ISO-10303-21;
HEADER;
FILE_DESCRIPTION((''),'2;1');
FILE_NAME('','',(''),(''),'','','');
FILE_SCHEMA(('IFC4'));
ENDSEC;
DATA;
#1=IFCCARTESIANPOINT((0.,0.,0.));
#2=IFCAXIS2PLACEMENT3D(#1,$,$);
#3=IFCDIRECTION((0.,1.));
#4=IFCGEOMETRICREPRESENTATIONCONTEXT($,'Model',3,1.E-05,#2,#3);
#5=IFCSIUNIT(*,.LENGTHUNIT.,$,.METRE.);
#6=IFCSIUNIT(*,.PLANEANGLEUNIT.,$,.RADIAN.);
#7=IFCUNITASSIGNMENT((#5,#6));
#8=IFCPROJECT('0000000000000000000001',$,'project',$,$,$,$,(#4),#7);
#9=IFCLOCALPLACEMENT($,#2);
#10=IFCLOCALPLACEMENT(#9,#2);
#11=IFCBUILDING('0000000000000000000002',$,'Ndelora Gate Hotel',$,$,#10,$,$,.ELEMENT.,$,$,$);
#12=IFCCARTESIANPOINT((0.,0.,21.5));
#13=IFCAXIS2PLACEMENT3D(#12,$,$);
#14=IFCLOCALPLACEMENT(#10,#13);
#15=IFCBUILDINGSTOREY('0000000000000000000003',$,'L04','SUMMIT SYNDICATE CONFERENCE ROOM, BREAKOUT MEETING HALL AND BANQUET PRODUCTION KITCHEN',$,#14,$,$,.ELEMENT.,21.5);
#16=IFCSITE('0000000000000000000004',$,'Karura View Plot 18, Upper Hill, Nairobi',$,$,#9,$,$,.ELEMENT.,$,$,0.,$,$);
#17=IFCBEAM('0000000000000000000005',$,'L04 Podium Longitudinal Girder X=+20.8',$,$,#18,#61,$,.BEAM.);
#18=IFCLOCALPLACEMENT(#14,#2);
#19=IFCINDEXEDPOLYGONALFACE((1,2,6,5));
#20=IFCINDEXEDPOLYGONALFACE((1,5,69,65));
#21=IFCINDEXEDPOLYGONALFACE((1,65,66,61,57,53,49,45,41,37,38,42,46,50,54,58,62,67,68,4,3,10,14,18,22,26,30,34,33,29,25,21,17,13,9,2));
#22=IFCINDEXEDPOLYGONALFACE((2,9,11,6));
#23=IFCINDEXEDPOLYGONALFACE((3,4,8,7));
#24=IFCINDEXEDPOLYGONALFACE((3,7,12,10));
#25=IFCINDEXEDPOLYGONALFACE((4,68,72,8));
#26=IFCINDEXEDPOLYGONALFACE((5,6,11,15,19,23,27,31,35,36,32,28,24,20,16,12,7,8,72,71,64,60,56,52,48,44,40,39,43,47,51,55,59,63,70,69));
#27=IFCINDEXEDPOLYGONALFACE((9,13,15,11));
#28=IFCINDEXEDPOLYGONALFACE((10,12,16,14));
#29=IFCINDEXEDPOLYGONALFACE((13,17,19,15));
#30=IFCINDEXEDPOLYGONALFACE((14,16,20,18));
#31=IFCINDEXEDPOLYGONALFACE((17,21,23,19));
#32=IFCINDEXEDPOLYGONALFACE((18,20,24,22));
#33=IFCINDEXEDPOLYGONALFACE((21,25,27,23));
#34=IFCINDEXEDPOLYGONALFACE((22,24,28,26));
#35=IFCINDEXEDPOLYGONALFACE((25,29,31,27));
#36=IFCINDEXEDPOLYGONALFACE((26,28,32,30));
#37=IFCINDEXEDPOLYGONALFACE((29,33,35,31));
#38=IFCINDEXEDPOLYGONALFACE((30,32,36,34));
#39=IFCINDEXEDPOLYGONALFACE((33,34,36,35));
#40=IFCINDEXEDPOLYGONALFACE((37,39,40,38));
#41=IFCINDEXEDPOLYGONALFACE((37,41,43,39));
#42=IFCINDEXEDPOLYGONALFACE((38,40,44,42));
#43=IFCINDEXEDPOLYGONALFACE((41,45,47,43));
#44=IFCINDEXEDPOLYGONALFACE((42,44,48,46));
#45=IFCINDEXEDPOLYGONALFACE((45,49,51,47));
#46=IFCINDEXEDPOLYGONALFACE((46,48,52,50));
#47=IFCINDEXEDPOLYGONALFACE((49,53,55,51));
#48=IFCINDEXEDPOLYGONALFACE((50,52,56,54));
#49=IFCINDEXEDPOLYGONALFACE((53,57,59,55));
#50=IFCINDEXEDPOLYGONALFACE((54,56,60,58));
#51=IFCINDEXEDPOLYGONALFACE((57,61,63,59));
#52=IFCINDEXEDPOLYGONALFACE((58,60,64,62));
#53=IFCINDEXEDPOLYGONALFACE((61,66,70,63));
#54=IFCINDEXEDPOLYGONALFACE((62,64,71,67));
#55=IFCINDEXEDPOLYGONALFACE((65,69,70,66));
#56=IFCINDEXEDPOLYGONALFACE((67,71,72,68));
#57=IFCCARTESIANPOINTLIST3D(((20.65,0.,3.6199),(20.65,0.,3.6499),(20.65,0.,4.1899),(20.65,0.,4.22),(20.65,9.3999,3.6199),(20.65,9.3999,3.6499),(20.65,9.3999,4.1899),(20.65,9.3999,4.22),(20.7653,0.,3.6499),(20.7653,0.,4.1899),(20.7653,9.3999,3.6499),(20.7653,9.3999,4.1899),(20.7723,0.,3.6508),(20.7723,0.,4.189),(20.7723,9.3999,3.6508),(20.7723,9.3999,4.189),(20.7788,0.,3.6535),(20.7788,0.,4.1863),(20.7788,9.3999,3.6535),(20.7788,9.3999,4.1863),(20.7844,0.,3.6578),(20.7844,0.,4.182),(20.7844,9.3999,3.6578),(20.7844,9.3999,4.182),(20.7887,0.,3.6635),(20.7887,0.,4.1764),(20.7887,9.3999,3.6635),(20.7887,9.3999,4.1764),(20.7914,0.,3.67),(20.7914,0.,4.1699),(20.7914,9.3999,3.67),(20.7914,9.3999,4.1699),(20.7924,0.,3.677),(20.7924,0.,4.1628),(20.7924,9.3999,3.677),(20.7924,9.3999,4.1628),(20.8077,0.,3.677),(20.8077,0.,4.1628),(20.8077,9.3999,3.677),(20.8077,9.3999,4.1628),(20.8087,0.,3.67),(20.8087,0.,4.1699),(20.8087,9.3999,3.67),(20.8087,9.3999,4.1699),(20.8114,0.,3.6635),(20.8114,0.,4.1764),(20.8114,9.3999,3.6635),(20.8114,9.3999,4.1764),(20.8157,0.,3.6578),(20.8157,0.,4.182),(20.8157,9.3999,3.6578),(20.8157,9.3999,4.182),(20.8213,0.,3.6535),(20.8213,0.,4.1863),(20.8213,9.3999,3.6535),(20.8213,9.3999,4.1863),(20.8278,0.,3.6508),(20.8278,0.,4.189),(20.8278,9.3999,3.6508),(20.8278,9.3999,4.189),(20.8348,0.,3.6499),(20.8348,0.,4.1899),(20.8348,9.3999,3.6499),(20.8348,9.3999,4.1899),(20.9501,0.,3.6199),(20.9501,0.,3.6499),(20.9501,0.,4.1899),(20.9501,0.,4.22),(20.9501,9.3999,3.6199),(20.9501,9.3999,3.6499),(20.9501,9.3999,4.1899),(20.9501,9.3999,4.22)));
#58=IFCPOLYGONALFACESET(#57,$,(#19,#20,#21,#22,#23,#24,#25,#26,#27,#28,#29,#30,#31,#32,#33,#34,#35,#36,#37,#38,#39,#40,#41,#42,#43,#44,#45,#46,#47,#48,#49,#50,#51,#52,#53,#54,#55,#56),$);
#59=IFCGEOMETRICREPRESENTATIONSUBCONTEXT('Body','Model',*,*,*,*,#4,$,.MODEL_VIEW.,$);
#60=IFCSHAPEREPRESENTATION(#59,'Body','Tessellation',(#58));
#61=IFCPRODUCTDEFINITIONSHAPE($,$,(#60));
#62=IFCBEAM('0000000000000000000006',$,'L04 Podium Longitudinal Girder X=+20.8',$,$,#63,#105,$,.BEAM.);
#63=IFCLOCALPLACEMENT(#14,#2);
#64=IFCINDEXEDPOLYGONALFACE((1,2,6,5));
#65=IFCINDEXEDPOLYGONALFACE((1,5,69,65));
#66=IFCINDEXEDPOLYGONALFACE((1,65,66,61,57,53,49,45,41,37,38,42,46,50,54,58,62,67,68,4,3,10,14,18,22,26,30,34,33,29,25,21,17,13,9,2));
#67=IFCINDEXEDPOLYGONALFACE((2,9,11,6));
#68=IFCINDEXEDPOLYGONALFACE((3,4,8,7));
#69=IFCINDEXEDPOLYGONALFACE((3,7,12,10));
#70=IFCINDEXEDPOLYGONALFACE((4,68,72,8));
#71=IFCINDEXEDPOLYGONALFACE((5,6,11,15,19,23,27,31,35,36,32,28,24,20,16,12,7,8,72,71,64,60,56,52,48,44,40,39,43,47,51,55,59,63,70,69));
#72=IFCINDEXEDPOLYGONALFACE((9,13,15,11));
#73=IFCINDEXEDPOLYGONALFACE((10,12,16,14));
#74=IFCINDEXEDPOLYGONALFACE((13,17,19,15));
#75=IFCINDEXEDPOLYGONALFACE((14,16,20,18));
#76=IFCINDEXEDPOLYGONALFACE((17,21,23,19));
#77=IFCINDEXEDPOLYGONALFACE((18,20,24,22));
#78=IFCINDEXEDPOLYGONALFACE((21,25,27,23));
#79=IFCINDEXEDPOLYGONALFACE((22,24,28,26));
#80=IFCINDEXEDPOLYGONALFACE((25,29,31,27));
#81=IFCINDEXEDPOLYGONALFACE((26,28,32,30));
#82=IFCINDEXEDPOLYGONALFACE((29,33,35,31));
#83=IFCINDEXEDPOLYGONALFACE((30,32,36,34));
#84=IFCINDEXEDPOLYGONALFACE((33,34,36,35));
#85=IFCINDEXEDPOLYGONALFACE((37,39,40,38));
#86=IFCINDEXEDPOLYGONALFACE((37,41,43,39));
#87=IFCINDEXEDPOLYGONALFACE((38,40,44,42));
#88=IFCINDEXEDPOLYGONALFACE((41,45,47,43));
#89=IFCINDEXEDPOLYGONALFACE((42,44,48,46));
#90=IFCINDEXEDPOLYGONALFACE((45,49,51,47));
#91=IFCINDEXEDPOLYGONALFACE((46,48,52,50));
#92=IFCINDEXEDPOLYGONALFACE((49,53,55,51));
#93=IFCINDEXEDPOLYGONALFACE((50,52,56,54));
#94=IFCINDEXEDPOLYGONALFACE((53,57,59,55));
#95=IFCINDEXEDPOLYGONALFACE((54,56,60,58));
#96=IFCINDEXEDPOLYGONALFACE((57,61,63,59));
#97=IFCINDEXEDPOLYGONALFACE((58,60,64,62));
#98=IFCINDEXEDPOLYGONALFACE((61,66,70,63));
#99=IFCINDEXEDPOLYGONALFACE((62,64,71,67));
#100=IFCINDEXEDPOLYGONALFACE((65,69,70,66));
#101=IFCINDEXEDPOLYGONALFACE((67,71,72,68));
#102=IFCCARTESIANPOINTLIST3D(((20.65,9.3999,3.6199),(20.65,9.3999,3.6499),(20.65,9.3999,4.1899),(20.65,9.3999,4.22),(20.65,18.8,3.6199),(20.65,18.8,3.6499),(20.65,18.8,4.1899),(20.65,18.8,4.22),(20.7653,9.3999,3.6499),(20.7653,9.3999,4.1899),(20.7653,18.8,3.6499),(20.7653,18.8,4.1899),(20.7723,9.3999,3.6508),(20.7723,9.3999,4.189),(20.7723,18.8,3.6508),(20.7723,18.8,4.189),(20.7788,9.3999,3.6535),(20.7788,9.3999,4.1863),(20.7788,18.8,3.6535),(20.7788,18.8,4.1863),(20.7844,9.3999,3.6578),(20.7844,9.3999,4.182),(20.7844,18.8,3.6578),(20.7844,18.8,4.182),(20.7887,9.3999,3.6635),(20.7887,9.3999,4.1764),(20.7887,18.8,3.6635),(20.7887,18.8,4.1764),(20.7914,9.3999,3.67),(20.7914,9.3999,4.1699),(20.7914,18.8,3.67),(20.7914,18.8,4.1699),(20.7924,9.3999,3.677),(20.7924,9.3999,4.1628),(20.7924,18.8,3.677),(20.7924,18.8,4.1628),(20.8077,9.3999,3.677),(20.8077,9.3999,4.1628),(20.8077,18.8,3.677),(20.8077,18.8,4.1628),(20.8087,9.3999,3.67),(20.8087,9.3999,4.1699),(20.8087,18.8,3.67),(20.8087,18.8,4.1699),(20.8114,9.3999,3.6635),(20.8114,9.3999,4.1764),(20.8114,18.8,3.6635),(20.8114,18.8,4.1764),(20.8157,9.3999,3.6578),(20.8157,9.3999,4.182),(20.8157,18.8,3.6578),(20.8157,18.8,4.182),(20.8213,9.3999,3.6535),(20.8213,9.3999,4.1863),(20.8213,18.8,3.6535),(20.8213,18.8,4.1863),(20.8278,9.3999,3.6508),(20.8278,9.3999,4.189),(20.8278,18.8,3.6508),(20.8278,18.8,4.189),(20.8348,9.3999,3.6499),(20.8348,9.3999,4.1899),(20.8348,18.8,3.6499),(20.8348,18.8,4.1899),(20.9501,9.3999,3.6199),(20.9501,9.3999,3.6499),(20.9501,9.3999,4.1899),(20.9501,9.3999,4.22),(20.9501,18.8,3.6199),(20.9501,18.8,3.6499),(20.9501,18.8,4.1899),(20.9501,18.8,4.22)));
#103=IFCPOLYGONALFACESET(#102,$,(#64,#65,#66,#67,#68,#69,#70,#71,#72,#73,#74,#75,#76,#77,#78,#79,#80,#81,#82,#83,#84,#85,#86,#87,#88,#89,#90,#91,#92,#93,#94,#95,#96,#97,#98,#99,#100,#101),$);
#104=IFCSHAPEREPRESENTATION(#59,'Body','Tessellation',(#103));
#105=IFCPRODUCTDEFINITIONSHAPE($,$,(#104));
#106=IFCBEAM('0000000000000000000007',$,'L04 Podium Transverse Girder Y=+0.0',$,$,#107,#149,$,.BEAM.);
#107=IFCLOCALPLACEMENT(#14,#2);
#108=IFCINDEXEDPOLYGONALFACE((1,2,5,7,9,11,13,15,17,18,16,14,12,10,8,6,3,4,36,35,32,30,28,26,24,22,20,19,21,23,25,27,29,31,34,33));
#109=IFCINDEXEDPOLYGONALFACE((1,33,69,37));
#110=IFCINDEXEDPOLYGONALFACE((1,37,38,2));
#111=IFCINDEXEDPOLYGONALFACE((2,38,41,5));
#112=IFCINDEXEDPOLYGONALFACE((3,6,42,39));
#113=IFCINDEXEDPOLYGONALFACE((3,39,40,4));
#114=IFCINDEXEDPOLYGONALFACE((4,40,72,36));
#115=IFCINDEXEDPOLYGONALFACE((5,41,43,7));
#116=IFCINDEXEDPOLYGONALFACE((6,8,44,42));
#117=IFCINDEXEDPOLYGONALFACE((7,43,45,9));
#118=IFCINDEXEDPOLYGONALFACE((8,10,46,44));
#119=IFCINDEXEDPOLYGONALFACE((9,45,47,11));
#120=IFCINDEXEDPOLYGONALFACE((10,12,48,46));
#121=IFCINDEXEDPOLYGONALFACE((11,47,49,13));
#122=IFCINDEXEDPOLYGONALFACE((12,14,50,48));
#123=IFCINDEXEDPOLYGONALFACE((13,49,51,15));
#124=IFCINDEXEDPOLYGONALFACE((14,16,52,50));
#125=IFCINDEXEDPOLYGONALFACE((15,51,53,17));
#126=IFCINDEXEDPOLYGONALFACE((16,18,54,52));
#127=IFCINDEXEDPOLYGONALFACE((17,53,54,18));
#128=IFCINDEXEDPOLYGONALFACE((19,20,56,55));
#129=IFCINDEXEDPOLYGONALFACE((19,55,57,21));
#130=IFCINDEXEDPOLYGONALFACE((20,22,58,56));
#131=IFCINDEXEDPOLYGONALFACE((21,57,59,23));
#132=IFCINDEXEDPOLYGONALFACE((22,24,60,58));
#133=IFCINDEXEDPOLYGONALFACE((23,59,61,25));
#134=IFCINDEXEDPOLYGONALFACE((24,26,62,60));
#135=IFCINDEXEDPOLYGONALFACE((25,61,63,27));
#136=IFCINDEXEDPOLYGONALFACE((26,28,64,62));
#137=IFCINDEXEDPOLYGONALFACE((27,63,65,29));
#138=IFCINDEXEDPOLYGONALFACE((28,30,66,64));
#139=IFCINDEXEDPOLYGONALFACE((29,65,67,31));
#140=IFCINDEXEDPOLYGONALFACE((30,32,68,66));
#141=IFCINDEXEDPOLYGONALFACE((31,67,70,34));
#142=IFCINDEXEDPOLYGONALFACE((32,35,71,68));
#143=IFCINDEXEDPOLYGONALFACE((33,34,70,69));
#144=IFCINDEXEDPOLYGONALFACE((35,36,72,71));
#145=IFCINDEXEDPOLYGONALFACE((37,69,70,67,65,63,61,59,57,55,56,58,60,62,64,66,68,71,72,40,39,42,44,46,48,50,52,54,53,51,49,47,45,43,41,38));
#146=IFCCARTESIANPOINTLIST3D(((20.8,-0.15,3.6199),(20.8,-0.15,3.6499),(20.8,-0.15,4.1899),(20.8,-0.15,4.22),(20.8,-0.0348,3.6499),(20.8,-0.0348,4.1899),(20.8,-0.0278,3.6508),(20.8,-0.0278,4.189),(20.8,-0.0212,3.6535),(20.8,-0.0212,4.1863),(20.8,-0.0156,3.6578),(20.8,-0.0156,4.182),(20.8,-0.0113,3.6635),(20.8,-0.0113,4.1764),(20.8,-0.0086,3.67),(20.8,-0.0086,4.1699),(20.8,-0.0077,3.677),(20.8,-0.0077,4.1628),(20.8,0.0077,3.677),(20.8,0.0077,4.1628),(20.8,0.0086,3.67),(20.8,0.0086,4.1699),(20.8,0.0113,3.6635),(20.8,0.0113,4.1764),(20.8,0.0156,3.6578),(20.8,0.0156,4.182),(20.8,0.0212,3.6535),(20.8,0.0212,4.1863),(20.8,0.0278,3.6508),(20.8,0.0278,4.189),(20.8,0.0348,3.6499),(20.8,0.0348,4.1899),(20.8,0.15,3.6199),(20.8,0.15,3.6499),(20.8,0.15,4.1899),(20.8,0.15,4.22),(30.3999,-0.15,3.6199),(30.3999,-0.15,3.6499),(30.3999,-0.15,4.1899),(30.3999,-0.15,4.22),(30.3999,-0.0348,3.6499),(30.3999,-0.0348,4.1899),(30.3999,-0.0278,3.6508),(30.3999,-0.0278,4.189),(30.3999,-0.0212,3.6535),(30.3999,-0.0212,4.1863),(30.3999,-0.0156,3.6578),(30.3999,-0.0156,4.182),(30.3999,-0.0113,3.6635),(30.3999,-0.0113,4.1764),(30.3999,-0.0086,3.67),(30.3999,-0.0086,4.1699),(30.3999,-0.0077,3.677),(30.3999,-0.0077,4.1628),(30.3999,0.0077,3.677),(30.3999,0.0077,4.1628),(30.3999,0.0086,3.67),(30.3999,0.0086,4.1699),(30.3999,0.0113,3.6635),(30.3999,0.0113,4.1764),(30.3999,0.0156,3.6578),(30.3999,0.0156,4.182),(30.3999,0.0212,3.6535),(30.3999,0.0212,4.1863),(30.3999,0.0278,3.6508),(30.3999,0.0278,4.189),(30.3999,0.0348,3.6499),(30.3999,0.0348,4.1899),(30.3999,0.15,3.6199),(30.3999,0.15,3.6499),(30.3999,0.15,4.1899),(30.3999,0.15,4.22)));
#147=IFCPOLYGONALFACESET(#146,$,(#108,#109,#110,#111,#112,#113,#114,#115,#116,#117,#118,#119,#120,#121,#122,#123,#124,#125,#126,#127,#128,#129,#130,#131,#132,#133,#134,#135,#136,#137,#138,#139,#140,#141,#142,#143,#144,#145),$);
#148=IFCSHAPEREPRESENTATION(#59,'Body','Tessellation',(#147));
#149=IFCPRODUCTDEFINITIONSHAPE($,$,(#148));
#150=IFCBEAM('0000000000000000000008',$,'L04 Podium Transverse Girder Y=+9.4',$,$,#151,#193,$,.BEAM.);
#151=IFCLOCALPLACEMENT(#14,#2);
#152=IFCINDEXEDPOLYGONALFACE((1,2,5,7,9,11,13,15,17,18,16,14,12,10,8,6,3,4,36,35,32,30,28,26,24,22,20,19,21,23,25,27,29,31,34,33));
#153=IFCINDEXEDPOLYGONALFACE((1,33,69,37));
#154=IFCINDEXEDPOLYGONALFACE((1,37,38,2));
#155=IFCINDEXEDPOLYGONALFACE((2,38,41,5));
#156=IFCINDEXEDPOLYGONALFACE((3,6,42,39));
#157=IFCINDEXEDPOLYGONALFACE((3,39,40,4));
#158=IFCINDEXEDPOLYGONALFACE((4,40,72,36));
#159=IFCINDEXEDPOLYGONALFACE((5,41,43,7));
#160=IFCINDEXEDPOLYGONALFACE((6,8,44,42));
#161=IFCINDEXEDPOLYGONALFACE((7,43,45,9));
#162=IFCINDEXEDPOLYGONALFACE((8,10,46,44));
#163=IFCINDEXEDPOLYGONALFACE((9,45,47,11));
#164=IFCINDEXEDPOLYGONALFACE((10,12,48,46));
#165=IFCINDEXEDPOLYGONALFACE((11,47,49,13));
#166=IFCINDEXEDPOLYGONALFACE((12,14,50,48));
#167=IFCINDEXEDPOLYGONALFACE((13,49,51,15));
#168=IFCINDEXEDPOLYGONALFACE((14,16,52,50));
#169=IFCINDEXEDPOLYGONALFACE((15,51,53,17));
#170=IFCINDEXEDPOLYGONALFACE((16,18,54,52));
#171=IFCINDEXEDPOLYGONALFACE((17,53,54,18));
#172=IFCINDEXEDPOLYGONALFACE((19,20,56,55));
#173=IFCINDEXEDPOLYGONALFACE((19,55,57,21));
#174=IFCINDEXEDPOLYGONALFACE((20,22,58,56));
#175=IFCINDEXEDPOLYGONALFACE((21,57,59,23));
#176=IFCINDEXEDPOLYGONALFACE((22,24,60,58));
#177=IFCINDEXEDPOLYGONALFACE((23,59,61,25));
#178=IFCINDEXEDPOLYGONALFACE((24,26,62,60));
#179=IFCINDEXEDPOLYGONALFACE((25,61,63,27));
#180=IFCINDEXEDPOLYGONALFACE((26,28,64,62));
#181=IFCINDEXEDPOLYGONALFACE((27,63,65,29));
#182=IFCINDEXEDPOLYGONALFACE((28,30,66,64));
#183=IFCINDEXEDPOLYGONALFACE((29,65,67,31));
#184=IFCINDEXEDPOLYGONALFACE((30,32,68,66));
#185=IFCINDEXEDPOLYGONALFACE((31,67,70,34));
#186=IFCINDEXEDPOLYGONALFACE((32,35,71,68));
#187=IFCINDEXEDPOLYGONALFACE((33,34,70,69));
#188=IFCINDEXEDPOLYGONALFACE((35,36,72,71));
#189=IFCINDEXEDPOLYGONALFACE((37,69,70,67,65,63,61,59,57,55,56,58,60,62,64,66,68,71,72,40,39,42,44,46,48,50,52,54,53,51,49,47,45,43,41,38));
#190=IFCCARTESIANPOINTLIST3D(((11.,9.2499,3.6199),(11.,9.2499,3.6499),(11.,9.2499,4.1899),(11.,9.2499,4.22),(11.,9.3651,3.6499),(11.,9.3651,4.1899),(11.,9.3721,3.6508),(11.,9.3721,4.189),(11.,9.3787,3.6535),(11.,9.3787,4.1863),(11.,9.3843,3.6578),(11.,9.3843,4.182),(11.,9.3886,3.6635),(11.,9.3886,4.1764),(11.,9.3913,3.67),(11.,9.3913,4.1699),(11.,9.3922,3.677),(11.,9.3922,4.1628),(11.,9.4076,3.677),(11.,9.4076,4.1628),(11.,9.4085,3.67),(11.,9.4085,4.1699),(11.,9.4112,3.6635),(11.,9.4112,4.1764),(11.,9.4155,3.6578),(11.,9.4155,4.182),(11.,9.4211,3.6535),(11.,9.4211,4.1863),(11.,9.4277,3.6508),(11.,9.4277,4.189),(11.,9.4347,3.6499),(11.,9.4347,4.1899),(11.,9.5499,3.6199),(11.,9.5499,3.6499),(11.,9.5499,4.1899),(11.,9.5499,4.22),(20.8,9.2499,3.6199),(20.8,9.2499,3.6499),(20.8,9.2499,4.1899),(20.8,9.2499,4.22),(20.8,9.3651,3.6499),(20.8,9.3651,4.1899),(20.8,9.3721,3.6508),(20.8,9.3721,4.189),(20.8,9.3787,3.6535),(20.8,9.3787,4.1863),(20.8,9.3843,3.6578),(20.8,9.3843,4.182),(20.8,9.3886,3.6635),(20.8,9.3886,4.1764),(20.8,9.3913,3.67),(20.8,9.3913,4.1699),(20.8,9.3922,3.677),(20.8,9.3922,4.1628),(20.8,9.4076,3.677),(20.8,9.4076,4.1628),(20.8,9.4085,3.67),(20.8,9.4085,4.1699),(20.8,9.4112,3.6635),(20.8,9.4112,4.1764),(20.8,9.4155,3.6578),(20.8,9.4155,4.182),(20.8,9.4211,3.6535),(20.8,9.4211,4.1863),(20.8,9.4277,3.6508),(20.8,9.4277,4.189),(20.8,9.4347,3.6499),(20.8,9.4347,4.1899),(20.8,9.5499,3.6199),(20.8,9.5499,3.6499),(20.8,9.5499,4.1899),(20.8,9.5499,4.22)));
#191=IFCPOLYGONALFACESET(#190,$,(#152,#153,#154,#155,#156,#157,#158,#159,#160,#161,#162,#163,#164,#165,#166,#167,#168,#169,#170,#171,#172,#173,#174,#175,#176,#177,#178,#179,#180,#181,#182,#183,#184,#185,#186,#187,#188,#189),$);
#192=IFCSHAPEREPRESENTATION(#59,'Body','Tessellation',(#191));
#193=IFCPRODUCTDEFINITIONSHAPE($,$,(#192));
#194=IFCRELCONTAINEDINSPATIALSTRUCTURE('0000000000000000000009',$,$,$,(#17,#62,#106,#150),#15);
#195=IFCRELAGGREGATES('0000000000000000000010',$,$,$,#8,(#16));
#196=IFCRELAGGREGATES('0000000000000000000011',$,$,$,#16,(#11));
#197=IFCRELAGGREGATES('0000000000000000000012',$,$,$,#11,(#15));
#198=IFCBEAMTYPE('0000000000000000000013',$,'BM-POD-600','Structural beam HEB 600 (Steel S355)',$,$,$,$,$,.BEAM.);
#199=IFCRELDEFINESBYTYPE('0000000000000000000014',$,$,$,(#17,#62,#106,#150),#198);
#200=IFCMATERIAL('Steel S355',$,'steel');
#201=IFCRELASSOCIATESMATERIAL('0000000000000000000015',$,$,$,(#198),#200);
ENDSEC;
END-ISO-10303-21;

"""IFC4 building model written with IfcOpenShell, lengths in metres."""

from ifc_helpers import new_model, si_unit, direction, frame, origin, origin_2d, place, context, subcontext, project, spatial, i_section, extrude, material, material_profile, profile_set, type_object, element, save


model = new_model("IFC4")

# Units and contexts
model_context = context("Model", 3, precision=1e-05, world=origin(), true_north=direction((0.0, 1.0)))
body_context = subcontext(model_context, "Body", "Model", "MODEL_VIEW")
ifc_project = project(units=[si_unit("LENGTHUNIT", "METRE"), si_unit("PLANEANGLEUNIT", "RADIAN")], contexts=[model_context])

# Site, building, storey
site_placement = place(None, origin())
site = spatial("IfcSite", under=ifc_project, at=site_placement, Name="Karura View Plot 18, Upper Hill, Nairobi", CompositionType="ELEMENT", RefElevation=0.0)
building_placement = place(site_placement, origin())
building = spatial("IfcBuilding", under=site, at=building_placement, Name="Ndelora Gate Hotel", CompositionType="ELEMENT")
storey_placement = place(building_placement, frame((0.0, 0.0, 21.5)))
storey = spatial("IfcBuildingStorey", under=building, at=storey_placement, Name="L04", Description="SUMMIT SYNDICATE CONFERENCE ROOM, BREAKOUT MEETING HALL AND BANQUET PRODUCTION KITCHEN", CompositionType="ELEMENT", Elevation=21.5)

# Beams
ifc_material_1 = material(Name="Steel S355", Category="steel")
ifc_material_profile_1 = material_profile(ifc_material_1, i_section(OverallWidth=0.3, OverallDepth=0.6001, WebThickness=0.0154, FlangeThickness=0.03, FilletRadius=0.0271, at=origin_2d()), Name="HEB 600")
ifc_profile_set_1 = profile_set([ifc_material_profile_1], Name="Steel S355")
beam_type_1 = type_object("IfcBeamType", Name="BM-POD-600", Description="Structural beam HEB 600 (Steel S355)", PredefinedType="BEAM", material=ifc_profile_set_1)
beam_1_placement = place(storey_placement, frame((20.8, 0.0, 3.9199), z_axis=(0.0, 1.0, 0.0), x_axis=(-1.0, 0.0, 0.0)))
element("IfcBeam", 1, at=beam_1_placement, inside=storey, type_object=beam_type_1, Name="L04 Podium Longitudinal Girder X=+20.8", PredefinedType="BEAM", context=body_context, shape_type="SweptSolid", body=[
    extrude(i_section(OverallWidth=0.3, OverallDepth=0.6001, WebThickness=0.0154, FlangeThickness=0.03, FilletRadius=0.0271, at=origin_2d()), origin(), (0.0, 0.0, 1.0), 9.3999),
])
beam_2_placement = place(storey_placement, frame((20.8, 9.3999, 3.9199), z_axis=(0.0, 1.0, 0.0), x_axis=(-1.0, 0.0, 0.0)))
element("IfcBeam", 2, at=beam_2_placement, inside=storey, type_object=beam_type_1, Name="L04 Podium Longitudinal Girder X=+20.8", PredefinedType="BEAM", context=body_context, shape_type="SweptSolid", body=[
    extrude(i_section(OverallWidth=0.3, OverallDepth=0.6001, WebThickness=0.0154, FlangeThickness=0.03, FilletRadius=0.0271, at=origin_2d()), origin(), (0.0, 0.0, 1.0), 9.4001),
])
beam_3_placement = place(storey_placement, frame((20.8, 0.0, 3.9199), z_axis=(1.0, 0.0, 0.0), x_axis=(0.0, 1.0, 0.0)))
element("IfcBeam", 3, at=beam_3_placement, inside=storey, type_object=beam_type_1, Name="L04 Podium Transverse Girder Y=+0.0", PredefinedType="BEAM", context=body_context, shape_type="SweptSolid", body=[
    extrude(i_section(OverallWidth=0.3, OverallDepth=0.6001, WebThickness=0.0154, FlangeThickness=0.03, FilletRadius=0.0271, at=origin_2d()), origin(), (0.0, 0.0, 1.0), 9.5999),
])
beam_4_placement = place(storey_placement, frame((11.0, 9.3999, 3.9199), z_axis=(1.0, 0.0, 0.0), x_axis=(0.0, 1.0, 0.0)))
element("IfcBeam", 4, at=beam_4_placement, inside=storey, type_object=beam_type_1, Name="L04 Podium Transverse Girder Y=+9.4", PredefinedType="BEAM", context=body_context, shape_type="SweptSolid", body=[
    extrude(i_section(OverallWidth=0.3, OverallDepth=0.6001, WebThickness=0.0154, FlangeThickness=0.03, FilletRadius=0.0271, at=origin_2d()), origin(), (0.0, 0.0, 1.0), 9.8),
])

save(model, "model.ifc")
